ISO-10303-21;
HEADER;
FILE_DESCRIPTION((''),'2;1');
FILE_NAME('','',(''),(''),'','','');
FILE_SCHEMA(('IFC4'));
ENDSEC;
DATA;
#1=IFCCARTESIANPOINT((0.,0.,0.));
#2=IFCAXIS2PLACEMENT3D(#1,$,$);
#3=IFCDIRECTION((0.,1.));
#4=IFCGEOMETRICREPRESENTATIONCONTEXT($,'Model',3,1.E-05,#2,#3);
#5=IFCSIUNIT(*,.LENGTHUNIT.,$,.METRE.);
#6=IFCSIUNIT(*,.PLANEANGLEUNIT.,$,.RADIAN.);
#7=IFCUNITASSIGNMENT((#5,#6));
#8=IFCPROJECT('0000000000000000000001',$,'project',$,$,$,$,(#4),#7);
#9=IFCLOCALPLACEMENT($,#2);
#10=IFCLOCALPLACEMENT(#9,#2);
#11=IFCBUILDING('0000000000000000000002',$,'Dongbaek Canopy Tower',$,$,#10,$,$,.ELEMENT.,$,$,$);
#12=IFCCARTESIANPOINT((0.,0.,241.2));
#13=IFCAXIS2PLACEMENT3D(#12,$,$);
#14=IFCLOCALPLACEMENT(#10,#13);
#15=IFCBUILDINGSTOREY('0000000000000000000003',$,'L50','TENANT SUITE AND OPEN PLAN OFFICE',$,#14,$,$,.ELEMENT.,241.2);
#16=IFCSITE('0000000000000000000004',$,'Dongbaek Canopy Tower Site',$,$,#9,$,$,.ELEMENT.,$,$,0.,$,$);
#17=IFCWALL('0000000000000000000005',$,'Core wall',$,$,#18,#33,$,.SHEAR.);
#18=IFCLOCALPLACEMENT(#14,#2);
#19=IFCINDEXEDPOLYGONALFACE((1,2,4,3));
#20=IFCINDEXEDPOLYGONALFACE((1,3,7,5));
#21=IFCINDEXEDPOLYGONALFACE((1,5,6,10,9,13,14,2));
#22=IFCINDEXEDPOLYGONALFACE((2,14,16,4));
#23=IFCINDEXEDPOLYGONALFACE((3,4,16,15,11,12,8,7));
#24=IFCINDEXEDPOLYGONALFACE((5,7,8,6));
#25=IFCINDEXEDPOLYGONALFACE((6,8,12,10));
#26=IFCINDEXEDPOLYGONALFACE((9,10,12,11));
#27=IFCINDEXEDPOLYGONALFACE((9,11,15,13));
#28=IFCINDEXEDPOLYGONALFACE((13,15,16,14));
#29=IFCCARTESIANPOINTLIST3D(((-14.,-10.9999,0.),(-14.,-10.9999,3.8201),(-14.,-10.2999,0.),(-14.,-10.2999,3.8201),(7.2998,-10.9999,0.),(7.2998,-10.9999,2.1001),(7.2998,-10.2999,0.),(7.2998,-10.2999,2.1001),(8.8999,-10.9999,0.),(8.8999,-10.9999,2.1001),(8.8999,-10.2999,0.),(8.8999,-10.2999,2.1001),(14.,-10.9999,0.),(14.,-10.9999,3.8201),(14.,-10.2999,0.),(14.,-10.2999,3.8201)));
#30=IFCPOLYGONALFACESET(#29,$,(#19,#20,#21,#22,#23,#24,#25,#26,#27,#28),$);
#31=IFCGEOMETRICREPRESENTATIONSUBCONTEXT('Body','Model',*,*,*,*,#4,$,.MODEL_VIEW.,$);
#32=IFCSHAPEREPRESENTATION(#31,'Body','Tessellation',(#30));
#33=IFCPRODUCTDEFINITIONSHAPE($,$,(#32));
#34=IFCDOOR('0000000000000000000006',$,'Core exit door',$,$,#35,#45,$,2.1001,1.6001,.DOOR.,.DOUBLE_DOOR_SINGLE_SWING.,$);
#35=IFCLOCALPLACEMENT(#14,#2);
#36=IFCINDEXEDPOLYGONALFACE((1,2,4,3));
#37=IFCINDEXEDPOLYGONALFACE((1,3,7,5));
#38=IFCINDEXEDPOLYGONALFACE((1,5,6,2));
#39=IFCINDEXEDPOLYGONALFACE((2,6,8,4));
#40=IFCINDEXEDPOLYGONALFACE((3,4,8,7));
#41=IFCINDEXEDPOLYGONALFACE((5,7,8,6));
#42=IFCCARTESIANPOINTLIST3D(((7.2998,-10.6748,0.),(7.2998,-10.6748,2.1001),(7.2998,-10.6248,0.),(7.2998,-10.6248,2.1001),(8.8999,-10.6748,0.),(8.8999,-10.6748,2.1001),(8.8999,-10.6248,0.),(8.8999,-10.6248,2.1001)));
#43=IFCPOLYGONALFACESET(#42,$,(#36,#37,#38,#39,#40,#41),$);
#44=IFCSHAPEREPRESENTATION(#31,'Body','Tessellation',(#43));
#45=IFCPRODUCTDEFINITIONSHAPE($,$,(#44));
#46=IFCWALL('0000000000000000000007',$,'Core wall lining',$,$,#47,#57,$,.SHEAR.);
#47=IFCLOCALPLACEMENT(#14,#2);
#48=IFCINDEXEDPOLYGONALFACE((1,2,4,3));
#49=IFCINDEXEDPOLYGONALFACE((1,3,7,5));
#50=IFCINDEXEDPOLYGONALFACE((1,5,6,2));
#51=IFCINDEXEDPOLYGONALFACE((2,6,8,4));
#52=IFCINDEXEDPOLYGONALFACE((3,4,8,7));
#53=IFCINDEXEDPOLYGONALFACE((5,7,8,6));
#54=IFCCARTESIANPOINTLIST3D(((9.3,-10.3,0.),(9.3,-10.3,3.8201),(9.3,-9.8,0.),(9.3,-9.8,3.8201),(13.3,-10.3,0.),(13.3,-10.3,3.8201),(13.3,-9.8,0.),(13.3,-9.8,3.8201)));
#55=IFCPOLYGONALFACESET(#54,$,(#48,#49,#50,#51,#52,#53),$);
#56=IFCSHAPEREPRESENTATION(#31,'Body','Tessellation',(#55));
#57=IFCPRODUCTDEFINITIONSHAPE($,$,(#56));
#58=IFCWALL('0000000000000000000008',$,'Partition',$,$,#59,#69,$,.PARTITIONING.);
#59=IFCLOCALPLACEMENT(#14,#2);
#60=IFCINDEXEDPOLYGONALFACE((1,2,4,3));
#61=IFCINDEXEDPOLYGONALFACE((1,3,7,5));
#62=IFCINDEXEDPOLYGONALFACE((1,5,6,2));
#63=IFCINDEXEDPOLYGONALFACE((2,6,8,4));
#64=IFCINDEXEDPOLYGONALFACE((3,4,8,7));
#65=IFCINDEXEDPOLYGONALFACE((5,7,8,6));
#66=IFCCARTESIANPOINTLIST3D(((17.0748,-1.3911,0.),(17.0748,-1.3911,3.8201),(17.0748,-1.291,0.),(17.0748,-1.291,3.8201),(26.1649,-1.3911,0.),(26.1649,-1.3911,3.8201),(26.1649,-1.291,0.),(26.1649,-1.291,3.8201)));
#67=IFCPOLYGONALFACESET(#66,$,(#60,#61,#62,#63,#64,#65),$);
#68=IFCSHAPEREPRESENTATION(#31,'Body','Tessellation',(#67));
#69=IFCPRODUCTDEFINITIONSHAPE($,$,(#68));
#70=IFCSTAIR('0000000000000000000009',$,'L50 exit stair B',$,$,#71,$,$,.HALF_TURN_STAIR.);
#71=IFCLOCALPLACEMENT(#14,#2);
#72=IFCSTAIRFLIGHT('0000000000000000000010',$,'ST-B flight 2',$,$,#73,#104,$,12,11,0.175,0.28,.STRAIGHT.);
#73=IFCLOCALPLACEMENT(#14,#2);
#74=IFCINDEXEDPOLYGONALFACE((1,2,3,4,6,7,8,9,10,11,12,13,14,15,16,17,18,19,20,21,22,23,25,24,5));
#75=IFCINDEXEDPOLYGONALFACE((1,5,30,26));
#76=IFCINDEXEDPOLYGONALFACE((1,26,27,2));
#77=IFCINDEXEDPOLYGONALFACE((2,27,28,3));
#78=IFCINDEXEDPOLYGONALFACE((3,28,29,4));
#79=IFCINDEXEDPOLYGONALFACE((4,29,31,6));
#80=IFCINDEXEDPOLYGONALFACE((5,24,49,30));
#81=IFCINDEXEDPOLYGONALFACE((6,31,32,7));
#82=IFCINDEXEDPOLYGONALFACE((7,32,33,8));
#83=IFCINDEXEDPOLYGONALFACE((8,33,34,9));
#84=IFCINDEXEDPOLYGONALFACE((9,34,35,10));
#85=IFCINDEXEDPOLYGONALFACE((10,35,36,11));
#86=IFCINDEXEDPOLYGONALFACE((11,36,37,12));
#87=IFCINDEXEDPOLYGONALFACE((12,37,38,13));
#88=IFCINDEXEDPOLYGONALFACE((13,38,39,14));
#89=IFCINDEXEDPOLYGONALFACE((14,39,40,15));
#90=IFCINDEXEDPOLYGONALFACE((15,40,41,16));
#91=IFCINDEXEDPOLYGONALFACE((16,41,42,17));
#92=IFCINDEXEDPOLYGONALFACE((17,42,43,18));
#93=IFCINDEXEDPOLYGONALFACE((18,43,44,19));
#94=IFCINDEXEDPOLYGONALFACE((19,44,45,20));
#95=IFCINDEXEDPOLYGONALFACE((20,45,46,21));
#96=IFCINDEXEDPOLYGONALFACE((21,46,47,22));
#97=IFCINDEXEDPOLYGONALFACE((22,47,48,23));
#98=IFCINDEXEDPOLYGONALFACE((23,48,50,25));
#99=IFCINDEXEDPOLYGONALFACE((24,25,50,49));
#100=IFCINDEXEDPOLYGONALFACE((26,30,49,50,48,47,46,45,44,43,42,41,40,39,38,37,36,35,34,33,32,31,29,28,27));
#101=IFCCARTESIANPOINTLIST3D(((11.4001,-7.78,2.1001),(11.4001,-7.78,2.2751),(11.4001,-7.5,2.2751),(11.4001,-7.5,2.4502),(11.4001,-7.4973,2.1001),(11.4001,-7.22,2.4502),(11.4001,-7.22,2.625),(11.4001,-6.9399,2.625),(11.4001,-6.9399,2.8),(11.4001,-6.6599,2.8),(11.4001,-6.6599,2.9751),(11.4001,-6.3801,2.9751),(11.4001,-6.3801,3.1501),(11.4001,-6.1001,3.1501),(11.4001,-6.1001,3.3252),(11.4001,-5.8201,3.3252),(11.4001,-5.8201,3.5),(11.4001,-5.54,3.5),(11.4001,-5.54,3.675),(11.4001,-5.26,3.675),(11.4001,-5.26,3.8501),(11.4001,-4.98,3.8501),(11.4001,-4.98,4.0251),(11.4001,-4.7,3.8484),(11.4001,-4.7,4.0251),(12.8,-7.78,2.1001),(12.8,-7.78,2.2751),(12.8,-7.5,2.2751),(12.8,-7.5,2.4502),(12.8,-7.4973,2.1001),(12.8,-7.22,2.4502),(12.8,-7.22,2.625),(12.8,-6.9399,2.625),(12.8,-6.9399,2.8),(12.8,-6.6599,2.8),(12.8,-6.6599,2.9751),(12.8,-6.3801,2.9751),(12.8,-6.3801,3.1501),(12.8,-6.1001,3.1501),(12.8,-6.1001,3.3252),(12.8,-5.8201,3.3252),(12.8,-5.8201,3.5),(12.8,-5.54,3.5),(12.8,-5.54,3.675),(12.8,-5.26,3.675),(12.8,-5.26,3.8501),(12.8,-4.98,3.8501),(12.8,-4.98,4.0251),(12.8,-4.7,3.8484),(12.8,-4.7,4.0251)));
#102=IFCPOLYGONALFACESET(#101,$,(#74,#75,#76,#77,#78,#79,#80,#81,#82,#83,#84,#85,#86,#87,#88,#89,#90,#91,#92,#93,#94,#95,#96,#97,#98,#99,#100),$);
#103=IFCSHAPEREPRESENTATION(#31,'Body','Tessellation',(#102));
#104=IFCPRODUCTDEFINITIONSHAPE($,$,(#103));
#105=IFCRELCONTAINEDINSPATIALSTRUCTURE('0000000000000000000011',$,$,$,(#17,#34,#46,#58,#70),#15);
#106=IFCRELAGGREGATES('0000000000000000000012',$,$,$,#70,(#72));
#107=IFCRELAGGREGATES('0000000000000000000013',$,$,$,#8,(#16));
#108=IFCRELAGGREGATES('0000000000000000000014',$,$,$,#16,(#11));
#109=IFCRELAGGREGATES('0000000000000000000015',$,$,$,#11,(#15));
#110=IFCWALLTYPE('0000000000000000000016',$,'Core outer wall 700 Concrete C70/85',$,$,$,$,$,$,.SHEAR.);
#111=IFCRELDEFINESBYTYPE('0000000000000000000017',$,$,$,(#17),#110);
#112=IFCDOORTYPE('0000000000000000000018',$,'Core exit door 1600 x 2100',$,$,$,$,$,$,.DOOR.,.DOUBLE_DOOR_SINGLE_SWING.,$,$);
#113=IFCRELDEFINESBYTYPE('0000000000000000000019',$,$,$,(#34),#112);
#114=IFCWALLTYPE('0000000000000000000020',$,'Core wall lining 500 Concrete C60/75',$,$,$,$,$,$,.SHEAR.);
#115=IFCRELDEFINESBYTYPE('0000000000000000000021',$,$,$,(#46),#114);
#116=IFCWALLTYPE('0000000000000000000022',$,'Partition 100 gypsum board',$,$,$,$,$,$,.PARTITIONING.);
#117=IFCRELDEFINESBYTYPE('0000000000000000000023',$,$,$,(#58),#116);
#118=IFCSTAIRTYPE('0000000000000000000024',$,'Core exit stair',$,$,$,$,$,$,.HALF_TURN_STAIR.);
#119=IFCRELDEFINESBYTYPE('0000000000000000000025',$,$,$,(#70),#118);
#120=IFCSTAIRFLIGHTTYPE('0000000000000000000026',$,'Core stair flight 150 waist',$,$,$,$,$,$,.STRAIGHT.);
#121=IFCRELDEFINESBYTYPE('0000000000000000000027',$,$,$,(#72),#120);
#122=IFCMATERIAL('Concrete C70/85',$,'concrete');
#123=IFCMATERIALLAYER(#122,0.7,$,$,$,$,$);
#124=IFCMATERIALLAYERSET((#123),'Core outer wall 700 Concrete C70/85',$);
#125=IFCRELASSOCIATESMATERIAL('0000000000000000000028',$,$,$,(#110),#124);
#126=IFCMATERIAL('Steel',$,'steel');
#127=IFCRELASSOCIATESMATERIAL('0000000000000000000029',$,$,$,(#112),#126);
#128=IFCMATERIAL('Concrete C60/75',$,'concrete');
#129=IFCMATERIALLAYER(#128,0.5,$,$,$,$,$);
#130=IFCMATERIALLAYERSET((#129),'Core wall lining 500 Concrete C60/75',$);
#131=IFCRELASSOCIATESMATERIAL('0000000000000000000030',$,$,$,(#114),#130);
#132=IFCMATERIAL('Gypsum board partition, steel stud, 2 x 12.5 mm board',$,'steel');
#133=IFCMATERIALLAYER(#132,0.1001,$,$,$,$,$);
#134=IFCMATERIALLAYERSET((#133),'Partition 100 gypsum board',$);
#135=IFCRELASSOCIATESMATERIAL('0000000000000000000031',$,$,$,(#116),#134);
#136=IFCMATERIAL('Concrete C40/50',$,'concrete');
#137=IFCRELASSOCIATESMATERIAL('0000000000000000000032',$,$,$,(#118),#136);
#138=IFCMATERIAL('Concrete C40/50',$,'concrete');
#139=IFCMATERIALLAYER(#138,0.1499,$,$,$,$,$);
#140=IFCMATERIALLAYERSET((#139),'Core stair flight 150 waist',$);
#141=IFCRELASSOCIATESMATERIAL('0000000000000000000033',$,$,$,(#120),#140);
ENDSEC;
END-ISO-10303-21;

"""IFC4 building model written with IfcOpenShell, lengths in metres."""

from ifc_helpers import new_model, si_unit, direction, frame, frame_2d, origin, place, context, subcontext, project, spatial, polyline, rectangle, outline, extrude, material, layer, layer_set, type_object, element, fill, aggregate, save


model = new_model("IFC4")

# Units and contexts
model_context = context("Model", 3, precision=1e-05, world=origin(), true_north=direction((0.0, 1.0)))
body_context = subcontext(model_context, "Body", "Model", "MODEL_VIEW")
ifc_project = project(units=[si_unit("LENGTHUNIT", "METRE"), si_unit("PLANEANGLEUNIT", "RADIAN")], contexts=[model_context])

# Site, building, storey
site_placement = place(None, origin())
site = spatial("IfcSite", under=ifc_project, at=site_placement, Name="Dongbaek Canopy Tower Site", CompositionType="ELEMENT", RefElevation=0.0)
building_placement = place(site_placement, origin())
building = spatial("IfcBuilding", under=site, at=building_placement, Name="Dongbaek Canopy Tower", CompositionType="ELEMENT")
storey_placement = place(building_placement, frame((0.0, 0.0, 241.2)))
storey = spatial("IfcBuildingStorey", under=building, at=storey_placement, Name="L50", Description="TENANT SUITE AND OPEN PLAN OFFICE", CompositionType="ELEMENT", Elevation=241.2)

# Wall, opening, door
ifc_material_1 = material(Name="Concrete C70/85", Category="concrete")
ifc_layer_1 = layer(ifc_material_1, 0.7)
ifc_layer_set_1 = layer_set([ifc_layer_1], Name="Core outer wall 700 Concrete C70/85")
wall_type_1 = type_object("IfcWallType", Name="Core outer wall 700 Concrete C70/85", PredefinedType="SHEAR", material=ifc_layer_set_1)
wall_1_placement = place(storey_placement, frame((14.0, -10.6499, 0.0), z_axis=(0.0, 0.0, 1.0), x_axis=(-1.0, 0.0, 0.0)))
wall_1 = element("IfcWall", 1, at=wall_1_placement, inside=storey, type_object=wall_type_1, Name="Core wall", PredefinedType="SHEAR", context=body_context, shape_type="SweptSolid", body=[
    extrude(rectangle(XDim=28.0, YDim=0.7, at=frame_2d((14.0, 0.0))), origin(), (0.0, 0.0, 1.0), 3.8201),
])
opening_1_placement = place(wall_1_placement, frame((5.1001, 0.0, 0.0)))
opening_1 = element("IfcOpeningElement", 2, at=opening_1_placement, cuts=wall_1, PredefinedType="OPENING", context=body_context, shape_type="SweptSolid", body=[
    extrude(rectangle(XDim=1.6001, YDim=2.1001, at=frame_2d((0.8, 1.05))), frame((0.0, 0.3599, 0.0), z_axis=(0.0, -1.0, 0.0), x_axis=(1.0, 0.0, 0.0)), (0.0, 0.0, 1.0), 0.72),
])
ifc_material_2 = material(Name="Steel", Category="steel")
door_type_1 = type_object("IfcDoorType", Name="Core exit door 1600 x 2100", OperationType="DOUBLE_DOOR_SINGLE_SWING", PredefinedType="DOOR", material=ifc_material_2)
door_1_placement = place(opening_1_placement, origin())
door_1 = element("IfcDoor", 3, at=door_1_placement, inside=storey, type_object=door_type_1, Name="Core exit door", OperationType="DOUBLE_DOOR_SINGLE_SWING", OverallHeight=2.1001, OverallWidth=1.6001, PredefinedType="DOOR", context=body_context, shape_type="SweptSolid", body=[
    extrude(rectangle(XDim=1.6001, YDim=2.1001, at=frame_2d((0.8, 1.05))), frame((0.0, 0.0249, 0.0), z_axis=(0.0, -1.0, 0.0), x_axis=(1.0, 0.0, 0.0)), (0.0, 0.0, 1.0), 0.05),
])
fill(opening_1, door_1)

# Walls
ifc_material_3 = material(Name="Concrete C60/75", Category="concrete")
ifc_layer_2 = layer(ifc_material_3, 0.5)
ifc_layer_set_2 = layer_set([ifc_layer_2], Name="Core wall lining 500 Concrete C60/75")
wall_type_2 = type_object("IfcWallType", Name="Core wall lining 500 Concrete C60/75", PredefinedType="SHEAR", material=ifc_layer_set_2)
wall_2_placement = place(storey_placement, frame((13.3, -10.05, 0.0), z_axis=(0.0, 0.0, 1.0), x_axis=(-1.0, 0.0, 0.0)))
element("IfcWall", 4, at=wall_2_placement, inside=storey, type_object=wall_type_2, Name="Core wall lining", PredefinedType="SHEAR", context=body_context, shape_type="SweptSolid", body=[
    extrude(rectangle(XDim=4.0, YDim=0.5, at=frame_2d((2.0, 0.0))), origin(), (0.0, 0.0, 1.0), 3.8201),
])
ifc_material_4 = material(Name="Gypsum board partition, steel stud, 2 x 12.5 mm board", Category="steel")
ifc_layer_3 = layer(ifc_material_4, 0.1001)
ifc_layer_set_3 = layer_set([ifc_layer_3], Name="Partition 100 gypsum board")
wall_type_3 = type_object("IfcWallType", Name="Partition 100 gypsum board", PredefinedType="PARTITIONING", material=ifc_layer_set_3)
wall_3_placement = place(storey_placement, frame((17.075, -1.3411, 0.0), z_axis=(0.0, 0.0, 1.0), x_axis=(1.0, 0.0, 0.0)))
element("IfcWall", 5, at=wall_3_placement, inside=storey, type_object=wall_type_3, Name="Partition", PredefinedType="PARTITIONING", context=body_context, shape_type="SweptSolid", body=[
    extrude(rectangle(XDim=9.0901, YDim=0.1001, at=frame_2d((4.5449, 0.0))), origin(), (0.0, 0.0, 1.0), 3.8201),
])

# Stair, stair flight
ifc_material_5 = material(Name="Concrete C40/50", Category="concrete")
stair_type = type_object("IfcStairType", Name="Core exit stair", PredefinedType="HALF_TURN_STAIR", material=ifc_material_5)
stair_placement = place(storey_placement, origin())
stair = element("IfcStair", 6, at=stair_placement, inside=storey, type_object=stair_type, Name="L50 exit stair B", PredefinedType="HALF_TURN_STAIR")
ifc_material_6 = material(Name="Concrete C40/50", Category="concrete")
ifc_layer_4 = layer(ifc_material_6, 0.1499)
ifc_layer_set_4 = layer_set([ifc_layer_4], Name="Core stair flight 150 waist")
stair_flight_type = type_object("IfcStairFlightType", Name="Core stair flight 150 waist", PredefinedType="STRAIGHT", material=ifc_layer_set_4)
stair_flight_placement = place(storey_placement, frame((12.1001, -7.78, 2.1001), z_axis=(0.0, 0.0, 1.0), x_axis=(0.0, 1.0, 0.0)))
stair_flight = element("IfcStairFlight", 7, at=stair_flight_placement, type_object=stair_flight_type, Name="ST-B flight 2", NumberOfRisers=12, NumberOfTreads=11, PredefinedType="STRAIGHT", RiserHeight=0.175, TreadLength=0.28, context=body_context, shape_type="SweptSolid", body=[
    extrude(outline(polyline([(0.0, 0.0), (0.0, 0.175), (0.28, 0.175), (0.28, 0.3501), (0.5601, 0.3501), (0.5601, 0.5249), (0.8401, 0.5249), (0.8401, 0.7), (1.1201, 0.7), (1.1201, 0.875), (1.3999, 0.875), (1.3999, 1.05), (1.6799, 1.05), (1.6799, 1.2251), (1.96, 1.2251), (1.96, 1.3999), (2.24, 1.3999), (2.24, 1.575), (2.52, 1.575), (2.52, 1.75), (2.8, 1.75), (2.8, 1.925), (3.0801, 1.925), (3.0801, 2.1001), (3.0801, 1.7483), (0.2827, 0.0), (0.0, 0.0)])), frame((0.0, 0.7, 0.0), z_axis=(0.0, -1.0, 0.0), x_axis=(1.0, 0.0, 0.0)), (0.0, 0.0, 1.0), 1.3999),
])
aggregate(stair, [stair_flight])

save(model, "model.ifc")
